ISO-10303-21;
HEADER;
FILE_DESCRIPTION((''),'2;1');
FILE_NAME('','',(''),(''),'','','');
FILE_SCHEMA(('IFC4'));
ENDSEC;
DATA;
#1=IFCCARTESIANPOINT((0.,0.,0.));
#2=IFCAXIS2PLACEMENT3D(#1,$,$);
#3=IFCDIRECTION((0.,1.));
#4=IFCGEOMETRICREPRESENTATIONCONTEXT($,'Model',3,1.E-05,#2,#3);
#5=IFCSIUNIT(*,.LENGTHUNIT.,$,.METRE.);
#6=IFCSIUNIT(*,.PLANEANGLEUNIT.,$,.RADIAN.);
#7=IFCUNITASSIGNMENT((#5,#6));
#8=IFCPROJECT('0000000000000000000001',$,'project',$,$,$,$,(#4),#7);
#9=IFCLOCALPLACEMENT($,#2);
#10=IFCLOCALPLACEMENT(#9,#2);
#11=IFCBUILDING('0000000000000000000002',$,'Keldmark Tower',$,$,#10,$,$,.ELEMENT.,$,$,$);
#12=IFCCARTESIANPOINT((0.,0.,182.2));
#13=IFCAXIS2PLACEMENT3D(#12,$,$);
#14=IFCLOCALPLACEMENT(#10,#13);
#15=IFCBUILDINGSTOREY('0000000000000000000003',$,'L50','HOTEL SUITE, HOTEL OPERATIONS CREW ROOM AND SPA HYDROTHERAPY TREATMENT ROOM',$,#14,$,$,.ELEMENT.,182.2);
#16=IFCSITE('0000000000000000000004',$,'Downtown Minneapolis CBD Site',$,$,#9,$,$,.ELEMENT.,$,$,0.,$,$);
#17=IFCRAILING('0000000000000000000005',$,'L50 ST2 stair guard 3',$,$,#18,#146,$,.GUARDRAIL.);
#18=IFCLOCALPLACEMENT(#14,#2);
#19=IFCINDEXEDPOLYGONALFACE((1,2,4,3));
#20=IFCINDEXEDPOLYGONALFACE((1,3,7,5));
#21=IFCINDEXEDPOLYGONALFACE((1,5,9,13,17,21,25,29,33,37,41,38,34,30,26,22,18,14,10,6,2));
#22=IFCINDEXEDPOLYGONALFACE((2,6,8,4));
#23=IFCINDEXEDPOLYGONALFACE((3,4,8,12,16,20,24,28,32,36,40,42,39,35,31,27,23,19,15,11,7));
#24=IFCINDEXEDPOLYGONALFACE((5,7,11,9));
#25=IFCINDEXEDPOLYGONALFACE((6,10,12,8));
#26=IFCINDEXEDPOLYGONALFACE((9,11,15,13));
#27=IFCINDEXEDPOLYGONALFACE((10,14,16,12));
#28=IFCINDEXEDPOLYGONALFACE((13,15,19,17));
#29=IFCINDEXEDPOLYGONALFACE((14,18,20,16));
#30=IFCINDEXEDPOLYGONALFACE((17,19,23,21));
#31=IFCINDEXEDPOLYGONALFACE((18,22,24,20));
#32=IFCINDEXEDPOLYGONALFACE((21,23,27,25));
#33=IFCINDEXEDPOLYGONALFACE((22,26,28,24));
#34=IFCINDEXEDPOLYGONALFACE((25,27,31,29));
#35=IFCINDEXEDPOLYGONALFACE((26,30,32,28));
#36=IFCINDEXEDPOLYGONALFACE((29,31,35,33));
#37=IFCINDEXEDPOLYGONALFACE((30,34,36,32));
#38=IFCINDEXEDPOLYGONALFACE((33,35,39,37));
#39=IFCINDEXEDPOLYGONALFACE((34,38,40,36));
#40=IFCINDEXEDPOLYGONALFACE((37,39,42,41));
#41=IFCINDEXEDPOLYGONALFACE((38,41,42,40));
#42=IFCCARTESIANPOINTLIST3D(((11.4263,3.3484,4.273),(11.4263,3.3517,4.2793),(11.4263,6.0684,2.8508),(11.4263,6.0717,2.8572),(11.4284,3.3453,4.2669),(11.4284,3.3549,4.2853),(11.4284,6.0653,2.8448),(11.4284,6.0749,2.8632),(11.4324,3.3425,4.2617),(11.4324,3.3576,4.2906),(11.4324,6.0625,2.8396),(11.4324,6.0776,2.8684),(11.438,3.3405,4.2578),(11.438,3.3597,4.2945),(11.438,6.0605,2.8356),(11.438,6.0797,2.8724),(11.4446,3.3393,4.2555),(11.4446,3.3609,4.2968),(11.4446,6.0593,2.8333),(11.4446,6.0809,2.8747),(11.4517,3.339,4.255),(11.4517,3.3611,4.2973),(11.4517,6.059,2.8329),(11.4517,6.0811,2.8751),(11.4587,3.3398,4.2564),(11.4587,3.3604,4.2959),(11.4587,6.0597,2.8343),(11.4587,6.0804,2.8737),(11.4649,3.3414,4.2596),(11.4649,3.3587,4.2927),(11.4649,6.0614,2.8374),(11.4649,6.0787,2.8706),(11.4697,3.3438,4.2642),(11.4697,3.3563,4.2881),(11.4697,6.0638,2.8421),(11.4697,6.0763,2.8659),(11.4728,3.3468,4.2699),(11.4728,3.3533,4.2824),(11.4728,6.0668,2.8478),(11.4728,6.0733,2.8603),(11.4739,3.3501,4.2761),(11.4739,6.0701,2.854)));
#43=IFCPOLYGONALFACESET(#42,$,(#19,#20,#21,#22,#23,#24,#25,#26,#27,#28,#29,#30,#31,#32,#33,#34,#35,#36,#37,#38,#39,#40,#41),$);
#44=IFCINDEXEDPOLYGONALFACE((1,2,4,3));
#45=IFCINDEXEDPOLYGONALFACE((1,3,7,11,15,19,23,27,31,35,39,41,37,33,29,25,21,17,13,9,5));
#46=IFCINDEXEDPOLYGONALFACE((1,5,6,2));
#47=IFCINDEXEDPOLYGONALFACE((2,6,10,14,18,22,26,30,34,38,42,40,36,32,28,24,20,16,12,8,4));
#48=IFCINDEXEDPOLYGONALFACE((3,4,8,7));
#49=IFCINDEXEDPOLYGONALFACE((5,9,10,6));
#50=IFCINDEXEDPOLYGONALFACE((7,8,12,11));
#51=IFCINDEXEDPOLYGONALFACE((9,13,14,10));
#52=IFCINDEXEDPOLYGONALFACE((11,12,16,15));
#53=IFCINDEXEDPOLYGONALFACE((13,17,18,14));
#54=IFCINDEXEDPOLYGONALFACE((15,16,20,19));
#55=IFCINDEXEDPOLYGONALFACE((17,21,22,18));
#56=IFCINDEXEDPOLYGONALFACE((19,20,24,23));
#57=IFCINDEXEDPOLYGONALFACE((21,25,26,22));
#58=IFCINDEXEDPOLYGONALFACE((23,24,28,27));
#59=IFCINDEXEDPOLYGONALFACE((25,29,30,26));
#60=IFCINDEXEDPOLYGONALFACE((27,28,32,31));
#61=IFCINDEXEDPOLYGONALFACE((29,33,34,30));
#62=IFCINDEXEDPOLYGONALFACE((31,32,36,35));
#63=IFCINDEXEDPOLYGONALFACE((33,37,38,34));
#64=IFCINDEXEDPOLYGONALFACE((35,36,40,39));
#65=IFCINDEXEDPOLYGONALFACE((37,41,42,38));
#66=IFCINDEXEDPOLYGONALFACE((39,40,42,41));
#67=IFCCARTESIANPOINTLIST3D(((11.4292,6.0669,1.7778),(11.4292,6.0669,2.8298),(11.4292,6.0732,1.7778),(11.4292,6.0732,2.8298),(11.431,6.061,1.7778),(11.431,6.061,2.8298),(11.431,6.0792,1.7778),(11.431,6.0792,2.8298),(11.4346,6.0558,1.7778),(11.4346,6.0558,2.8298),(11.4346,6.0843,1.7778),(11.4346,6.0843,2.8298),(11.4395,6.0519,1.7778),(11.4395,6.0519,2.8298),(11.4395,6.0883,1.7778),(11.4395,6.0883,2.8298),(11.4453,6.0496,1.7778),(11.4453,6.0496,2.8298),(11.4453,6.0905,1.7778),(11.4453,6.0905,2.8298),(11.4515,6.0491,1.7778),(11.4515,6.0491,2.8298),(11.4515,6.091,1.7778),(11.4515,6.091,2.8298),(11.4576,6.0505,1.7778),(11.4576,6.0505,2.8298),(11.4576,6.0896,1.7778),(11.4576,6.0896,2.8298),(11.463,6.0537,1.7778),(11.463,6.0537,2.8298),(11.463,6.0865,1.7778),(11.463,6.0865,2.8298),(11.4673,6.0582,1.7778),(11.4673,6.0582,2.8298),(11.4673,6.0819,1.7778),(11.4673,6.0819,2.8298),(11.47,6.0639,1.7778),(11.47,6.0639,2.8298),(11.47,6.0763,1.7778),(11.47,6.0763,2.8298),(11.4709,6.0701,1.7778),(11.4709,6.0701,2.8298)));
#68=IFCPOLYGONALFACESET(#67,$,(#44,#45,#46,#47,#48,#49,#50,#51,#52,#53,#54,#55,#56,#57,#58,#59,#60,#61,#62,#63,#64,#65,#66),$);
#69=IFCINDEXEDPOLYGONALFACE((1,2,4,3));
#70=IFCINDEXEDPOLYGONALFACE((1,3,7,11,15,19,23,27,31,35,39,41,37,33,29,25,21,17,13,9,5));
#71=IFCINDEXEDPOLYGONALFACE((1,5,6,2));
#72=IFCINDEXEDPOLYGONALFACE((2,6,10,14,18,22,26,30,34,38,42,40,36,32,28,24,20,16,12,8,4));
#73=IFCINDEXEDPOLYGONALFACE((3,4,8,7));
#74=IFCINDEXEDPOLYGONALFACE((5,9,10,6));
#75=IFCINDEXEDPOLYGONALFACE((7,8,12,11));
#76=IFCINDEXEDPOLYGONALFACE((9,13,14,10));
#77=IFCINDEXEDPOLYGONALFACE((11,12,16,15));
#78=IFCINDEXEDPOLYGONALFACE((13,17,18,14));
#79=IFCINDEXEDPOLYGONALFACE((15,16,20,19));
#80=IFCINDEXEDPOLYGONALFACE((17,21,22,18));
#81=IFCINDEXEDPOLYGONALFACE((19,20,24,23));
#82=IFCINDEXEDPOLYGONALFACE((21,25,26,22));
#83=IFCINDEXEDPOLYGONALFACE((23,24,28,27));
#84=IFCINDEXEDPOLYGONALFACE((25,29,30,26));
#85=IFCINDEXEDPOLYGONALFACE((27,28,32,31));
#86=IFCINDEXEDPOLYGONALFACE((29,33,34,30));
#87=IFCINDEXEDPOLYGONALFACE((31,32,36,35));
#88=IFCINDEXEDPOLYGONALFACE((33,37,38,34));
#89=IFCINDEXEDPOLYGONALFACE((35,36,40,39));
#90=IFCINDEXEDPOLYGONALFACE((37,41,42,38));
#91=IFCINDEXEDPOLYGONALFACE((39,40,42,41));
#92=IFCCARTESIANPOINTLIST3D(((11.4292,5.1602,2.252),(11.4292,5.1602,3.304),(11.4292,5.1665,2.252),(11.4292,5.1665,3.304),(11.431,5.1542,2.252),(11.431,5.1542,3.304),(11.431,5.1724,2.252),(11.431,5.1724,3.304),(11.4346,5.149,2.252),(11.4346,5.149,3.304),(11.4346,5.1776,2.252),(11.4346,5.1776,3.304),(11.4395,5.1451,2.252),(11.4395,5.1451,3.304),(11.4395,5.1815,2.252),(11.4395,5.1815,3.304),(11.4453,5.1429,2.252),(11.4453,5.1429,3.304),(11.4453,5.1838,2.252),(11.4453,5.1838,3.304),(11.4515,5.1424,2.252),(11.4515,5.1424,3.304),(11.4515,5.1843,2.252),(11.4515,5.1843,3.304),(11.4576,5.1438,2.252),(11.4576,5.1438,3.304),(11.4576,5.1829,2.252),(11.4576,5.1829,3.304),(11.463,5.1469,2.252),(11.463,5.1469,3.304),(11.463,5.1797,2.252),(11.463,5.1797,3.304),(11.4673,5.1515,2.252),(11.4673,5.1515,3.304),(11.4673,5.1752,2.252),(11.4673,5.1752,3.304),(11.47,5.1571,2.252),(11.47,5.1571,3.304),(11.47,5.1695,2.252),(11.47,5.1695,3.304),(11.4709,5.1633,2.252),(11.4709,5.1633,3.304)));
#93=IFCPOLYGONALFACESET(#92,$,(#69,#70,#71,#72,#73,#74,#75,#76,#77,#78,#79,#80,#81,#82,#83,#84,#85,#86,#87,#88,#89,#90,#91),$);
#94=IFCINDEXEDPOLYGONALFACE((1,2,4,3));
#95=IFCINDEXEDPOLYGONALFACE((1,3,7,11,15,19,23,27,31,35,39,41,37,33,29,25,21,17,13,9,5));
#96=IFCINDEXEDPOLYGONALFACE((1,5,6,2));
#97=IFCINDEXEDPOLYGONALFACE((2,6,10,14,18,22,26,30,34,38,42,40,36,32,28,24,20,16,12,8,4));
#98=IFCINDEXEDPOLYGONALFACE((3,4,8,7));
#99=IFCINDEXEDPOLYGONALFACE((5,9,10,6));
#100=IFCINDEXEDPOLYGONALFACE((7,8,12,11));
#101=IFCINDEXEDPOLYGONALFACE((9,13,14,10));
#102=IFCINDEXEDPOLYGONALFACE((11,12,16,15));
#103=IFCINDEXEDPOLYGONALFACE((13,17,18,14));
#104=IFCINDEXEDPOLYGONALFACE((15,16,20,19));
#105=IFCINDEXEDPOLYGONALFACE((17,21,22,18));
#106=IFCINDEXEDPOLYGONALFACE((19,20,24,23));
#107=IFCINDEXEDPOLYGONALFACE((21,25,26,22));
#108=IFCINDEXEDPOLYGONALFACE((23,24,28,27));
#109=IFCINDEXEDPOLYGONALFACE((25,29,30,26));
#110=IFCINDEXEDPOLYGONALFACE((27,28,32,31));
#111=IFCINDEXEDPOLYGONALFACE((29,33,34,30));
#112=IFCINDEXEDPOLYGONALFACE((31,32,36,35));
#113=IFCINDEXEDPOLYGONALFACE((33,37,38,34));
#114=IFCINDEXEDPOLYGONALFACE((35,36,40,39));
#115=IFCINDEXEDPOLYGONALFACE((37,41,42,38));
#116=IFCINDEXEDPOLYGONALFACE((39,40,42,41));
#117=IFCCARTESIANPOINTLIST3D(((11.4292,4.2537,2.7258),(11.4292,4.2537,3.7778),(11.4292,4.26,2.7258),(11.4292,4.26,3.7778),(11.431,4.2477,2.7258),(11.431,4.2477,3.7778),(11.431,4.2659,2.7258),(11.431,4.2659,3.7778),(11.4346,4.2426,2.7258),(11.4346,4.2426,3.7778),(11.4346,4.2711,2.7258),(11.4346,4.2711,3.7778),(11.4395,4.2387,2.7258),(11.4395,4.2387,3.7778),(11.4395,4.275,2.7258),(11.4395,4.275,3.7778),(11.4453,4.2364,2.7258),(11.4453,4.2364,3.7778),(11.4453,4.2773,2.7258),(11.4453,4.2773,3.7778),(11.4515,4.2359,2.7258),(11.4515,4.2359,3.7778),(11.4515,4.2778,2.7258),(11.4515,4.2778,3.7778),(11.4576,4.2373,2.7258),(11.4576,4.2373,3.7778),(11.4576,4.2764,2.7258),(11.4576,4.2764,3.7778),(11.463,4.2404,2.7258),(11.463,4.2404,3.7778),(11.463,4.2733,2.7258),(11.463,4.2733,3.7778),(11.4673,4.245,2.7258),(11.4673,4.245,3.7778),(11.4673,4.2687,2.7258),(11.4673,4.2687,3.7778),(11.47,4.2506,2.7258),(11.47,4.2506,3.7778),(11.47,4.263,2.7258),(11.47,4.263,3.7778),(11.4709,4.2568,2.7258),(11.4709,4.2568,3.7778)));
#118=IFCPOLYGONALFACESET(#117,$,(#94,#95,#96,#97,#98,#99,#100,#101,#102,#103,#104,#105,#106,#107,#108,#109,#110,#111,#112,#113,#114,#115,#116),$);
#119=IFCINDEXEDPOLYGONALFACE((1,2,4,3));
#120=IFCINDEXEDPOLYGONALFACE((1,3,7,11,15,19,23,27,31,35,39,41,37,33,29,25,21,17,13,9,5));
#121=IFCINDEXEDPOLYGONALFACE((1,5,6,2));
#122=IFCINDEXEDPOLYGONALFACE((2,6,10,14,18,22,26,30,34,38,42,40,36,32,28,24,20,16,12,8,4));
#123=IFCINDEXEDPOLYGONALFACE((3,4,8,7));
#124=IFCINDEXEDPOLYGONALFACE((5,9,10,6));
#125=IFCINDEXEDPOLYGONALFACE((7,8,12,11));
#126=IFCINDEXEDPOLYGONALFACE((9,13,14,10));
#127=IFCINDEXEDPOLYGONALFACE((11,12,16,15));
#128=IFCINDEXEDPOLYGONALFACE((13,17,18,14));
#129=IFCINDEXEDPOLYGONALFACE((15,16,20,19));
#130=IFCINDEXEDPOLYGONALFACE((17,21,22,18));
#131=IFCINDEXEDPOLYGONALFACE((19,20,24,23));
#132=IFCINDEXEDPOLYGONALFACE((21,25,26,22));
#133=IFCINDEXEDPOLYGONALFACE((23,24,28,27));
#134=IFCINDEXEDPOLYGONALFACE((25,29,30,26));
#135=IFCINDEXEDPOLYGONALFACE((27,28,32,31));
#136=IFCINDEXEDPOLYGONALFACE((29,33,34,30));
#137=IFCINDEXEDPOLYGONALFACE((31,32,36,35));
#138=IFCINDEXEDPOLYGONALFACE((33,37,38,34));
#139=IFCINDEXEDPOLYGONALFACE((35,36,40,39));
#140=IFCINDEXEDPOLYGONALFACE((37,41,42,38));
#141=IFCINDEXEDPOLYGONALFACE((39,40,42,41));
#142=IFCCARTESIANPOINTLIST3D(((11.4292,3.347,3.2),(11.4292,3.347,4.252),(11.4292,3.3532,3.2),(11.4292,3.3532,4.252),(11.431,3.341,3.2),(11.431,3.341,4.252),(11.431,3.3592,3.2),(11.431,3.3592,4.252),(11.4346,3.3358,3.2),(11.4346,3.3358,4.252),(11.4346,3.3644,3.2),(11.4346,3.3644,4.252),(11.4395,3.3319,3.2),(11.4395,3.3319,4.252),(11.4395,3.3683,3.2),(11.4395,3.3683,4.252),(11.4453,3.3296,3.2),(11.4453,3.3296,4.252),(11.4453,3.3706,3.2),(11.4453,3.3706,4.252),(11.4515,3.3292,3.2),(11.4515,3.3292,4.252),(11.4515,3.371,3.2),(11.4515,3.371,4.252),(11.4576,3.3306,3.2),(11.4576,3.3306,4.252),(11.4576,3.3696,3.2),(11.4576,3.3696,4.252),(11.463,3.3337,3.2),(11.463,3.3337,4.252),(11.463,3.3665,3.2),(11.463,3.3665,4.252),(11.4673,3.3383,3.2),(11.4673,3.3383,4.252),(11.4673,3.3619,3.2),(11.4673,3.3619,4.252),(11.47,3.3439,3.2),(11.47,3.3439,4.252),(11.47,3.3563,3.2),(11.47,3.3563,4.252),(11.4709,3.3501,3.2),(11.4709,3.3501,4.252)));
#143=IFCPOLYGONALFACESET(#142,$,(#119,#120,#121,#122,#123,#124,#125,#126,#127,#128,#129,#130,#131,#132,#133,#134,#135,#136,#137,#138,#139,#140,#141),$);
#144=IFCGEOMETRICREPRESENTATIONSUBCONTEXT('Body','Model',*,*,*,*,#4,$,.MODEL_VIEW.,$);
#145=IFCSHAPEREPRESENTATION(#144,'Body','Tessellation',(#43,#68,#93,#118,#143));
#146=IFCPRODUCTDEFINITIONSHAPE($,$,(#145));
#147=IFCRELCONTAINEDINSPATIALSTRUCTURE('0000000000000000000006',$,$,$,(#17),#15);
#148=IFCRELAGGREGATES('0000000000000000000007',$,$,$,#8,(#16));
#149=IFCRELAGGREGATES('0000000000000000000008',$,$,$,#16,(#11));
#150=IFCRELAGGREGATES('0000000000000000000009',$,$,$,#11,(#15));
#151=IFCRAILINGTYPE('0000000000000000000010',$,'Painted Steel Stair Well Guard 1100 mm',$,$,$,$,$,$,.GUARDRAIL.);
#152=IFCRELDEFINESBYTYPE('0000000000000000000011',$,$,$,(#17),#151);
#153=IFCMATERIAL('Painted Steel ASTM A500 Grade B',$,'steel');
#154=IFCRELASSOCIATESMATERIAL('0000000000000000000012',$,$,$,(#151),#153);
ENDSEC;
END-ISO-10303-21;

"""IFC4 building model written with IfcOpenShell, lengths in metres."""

from ifc_helpers import new_model, si_unit, direction, frame, origin, origin_2d, place, context, subcontext, project, spatial, circle, extrude, material, type_object, element, save


model = new_model("IFC4")

# Units and contexts
model_context = context("Model", 3, precision=1e-05, world=origin(), true_north=direction((0.0, 1.0)))
body_context = subcontext(model_context, "Body", "Model", "MODEL_VIEW")
ifc_project = project(units=[si_unit("LENGTHUNIT", "METRE"), si_unit("PLANEANGLEUNIT", "RADIAN")], contexts=[model_context])

# Site, building, storey
site_placement = place(None, origin())
site = spatial("IfcSite", under=ifc_project, at=site_placement, Name="Downtown Minneapolis CBD Site", CompositionType="ELEMENT", RefElevation=0.0)
building_placement = place(site_placement, origin())
building = spatial("IfcBuilding", under=site, at=building_placement, Name="Keldmark Tower", CompositionType="ELEMENT")
storey_placement = place(building_placement, frame((0.0, 0.0, 182.2)))
storey = spatial("IfcBuildingStorey", under=building, at=storey_placement, Name="L50", Description="HOTEL SUITE, HOTEL OPERATIONS CREW ROOM AND SPA HYDROTHERAPY TREATMENT ROOM", CompositionType="ELEMENT", Elevation=182.2)

# Railing
ifc_material_1 = material(Name="Painted Steel ASTM A500 Grade B", Category="steel")
railing_type_1 = type_object("IfcRailingType", Name="Painted Steel Stair Well Guard 1100 mm", PredefinedType="GUARDRAIL", material=ifc_material_1)
railing_1_placement = place(storey_placement, frame((11.45, 6.0701, 1.7778)))
element("IfcRailing", 1, at=railing_1_placement, inside=storey, type_object=railing_type_1, Name="L50 ST2 stair guard 3", PredefinedType="GUARDRAIL", context=body_context, shape_type="SweptSolid", body=[
    extrude(circle(Radius=0.0239, at=origin_2d()), frame((0.0, 0.0, 1.0762), z_axis=(0.0, -0.886183, 0.463335), x_axis=(1.0, 0.0, 0.0)), (0.0, 0.0, 1.0), 3.0693),
    extrude(circle(Radius=0.021, at=origin_2d()), origin(), (0.0, 0.0, 1.0), 1.052),
    extrude(circle(Radius=0.021, at=origin_2d()), frame((0.0, -0.9067, 0.4741)), (0.0, 0.0, 1.0), 1.052),
    extrude(circle(Radius=0.021, at=origin_2d()), frame((0.0, -1.8132, 0.948)), (0.0, 0.0, 1.0), 1.052),
    extrude(circle(Radius=0.021, at=origin_2d()), frame((0.0, -2.72, 1.4221)), (0.0, 0.0, 1.0), 1.052),
])

save(model, "model.ifc")
